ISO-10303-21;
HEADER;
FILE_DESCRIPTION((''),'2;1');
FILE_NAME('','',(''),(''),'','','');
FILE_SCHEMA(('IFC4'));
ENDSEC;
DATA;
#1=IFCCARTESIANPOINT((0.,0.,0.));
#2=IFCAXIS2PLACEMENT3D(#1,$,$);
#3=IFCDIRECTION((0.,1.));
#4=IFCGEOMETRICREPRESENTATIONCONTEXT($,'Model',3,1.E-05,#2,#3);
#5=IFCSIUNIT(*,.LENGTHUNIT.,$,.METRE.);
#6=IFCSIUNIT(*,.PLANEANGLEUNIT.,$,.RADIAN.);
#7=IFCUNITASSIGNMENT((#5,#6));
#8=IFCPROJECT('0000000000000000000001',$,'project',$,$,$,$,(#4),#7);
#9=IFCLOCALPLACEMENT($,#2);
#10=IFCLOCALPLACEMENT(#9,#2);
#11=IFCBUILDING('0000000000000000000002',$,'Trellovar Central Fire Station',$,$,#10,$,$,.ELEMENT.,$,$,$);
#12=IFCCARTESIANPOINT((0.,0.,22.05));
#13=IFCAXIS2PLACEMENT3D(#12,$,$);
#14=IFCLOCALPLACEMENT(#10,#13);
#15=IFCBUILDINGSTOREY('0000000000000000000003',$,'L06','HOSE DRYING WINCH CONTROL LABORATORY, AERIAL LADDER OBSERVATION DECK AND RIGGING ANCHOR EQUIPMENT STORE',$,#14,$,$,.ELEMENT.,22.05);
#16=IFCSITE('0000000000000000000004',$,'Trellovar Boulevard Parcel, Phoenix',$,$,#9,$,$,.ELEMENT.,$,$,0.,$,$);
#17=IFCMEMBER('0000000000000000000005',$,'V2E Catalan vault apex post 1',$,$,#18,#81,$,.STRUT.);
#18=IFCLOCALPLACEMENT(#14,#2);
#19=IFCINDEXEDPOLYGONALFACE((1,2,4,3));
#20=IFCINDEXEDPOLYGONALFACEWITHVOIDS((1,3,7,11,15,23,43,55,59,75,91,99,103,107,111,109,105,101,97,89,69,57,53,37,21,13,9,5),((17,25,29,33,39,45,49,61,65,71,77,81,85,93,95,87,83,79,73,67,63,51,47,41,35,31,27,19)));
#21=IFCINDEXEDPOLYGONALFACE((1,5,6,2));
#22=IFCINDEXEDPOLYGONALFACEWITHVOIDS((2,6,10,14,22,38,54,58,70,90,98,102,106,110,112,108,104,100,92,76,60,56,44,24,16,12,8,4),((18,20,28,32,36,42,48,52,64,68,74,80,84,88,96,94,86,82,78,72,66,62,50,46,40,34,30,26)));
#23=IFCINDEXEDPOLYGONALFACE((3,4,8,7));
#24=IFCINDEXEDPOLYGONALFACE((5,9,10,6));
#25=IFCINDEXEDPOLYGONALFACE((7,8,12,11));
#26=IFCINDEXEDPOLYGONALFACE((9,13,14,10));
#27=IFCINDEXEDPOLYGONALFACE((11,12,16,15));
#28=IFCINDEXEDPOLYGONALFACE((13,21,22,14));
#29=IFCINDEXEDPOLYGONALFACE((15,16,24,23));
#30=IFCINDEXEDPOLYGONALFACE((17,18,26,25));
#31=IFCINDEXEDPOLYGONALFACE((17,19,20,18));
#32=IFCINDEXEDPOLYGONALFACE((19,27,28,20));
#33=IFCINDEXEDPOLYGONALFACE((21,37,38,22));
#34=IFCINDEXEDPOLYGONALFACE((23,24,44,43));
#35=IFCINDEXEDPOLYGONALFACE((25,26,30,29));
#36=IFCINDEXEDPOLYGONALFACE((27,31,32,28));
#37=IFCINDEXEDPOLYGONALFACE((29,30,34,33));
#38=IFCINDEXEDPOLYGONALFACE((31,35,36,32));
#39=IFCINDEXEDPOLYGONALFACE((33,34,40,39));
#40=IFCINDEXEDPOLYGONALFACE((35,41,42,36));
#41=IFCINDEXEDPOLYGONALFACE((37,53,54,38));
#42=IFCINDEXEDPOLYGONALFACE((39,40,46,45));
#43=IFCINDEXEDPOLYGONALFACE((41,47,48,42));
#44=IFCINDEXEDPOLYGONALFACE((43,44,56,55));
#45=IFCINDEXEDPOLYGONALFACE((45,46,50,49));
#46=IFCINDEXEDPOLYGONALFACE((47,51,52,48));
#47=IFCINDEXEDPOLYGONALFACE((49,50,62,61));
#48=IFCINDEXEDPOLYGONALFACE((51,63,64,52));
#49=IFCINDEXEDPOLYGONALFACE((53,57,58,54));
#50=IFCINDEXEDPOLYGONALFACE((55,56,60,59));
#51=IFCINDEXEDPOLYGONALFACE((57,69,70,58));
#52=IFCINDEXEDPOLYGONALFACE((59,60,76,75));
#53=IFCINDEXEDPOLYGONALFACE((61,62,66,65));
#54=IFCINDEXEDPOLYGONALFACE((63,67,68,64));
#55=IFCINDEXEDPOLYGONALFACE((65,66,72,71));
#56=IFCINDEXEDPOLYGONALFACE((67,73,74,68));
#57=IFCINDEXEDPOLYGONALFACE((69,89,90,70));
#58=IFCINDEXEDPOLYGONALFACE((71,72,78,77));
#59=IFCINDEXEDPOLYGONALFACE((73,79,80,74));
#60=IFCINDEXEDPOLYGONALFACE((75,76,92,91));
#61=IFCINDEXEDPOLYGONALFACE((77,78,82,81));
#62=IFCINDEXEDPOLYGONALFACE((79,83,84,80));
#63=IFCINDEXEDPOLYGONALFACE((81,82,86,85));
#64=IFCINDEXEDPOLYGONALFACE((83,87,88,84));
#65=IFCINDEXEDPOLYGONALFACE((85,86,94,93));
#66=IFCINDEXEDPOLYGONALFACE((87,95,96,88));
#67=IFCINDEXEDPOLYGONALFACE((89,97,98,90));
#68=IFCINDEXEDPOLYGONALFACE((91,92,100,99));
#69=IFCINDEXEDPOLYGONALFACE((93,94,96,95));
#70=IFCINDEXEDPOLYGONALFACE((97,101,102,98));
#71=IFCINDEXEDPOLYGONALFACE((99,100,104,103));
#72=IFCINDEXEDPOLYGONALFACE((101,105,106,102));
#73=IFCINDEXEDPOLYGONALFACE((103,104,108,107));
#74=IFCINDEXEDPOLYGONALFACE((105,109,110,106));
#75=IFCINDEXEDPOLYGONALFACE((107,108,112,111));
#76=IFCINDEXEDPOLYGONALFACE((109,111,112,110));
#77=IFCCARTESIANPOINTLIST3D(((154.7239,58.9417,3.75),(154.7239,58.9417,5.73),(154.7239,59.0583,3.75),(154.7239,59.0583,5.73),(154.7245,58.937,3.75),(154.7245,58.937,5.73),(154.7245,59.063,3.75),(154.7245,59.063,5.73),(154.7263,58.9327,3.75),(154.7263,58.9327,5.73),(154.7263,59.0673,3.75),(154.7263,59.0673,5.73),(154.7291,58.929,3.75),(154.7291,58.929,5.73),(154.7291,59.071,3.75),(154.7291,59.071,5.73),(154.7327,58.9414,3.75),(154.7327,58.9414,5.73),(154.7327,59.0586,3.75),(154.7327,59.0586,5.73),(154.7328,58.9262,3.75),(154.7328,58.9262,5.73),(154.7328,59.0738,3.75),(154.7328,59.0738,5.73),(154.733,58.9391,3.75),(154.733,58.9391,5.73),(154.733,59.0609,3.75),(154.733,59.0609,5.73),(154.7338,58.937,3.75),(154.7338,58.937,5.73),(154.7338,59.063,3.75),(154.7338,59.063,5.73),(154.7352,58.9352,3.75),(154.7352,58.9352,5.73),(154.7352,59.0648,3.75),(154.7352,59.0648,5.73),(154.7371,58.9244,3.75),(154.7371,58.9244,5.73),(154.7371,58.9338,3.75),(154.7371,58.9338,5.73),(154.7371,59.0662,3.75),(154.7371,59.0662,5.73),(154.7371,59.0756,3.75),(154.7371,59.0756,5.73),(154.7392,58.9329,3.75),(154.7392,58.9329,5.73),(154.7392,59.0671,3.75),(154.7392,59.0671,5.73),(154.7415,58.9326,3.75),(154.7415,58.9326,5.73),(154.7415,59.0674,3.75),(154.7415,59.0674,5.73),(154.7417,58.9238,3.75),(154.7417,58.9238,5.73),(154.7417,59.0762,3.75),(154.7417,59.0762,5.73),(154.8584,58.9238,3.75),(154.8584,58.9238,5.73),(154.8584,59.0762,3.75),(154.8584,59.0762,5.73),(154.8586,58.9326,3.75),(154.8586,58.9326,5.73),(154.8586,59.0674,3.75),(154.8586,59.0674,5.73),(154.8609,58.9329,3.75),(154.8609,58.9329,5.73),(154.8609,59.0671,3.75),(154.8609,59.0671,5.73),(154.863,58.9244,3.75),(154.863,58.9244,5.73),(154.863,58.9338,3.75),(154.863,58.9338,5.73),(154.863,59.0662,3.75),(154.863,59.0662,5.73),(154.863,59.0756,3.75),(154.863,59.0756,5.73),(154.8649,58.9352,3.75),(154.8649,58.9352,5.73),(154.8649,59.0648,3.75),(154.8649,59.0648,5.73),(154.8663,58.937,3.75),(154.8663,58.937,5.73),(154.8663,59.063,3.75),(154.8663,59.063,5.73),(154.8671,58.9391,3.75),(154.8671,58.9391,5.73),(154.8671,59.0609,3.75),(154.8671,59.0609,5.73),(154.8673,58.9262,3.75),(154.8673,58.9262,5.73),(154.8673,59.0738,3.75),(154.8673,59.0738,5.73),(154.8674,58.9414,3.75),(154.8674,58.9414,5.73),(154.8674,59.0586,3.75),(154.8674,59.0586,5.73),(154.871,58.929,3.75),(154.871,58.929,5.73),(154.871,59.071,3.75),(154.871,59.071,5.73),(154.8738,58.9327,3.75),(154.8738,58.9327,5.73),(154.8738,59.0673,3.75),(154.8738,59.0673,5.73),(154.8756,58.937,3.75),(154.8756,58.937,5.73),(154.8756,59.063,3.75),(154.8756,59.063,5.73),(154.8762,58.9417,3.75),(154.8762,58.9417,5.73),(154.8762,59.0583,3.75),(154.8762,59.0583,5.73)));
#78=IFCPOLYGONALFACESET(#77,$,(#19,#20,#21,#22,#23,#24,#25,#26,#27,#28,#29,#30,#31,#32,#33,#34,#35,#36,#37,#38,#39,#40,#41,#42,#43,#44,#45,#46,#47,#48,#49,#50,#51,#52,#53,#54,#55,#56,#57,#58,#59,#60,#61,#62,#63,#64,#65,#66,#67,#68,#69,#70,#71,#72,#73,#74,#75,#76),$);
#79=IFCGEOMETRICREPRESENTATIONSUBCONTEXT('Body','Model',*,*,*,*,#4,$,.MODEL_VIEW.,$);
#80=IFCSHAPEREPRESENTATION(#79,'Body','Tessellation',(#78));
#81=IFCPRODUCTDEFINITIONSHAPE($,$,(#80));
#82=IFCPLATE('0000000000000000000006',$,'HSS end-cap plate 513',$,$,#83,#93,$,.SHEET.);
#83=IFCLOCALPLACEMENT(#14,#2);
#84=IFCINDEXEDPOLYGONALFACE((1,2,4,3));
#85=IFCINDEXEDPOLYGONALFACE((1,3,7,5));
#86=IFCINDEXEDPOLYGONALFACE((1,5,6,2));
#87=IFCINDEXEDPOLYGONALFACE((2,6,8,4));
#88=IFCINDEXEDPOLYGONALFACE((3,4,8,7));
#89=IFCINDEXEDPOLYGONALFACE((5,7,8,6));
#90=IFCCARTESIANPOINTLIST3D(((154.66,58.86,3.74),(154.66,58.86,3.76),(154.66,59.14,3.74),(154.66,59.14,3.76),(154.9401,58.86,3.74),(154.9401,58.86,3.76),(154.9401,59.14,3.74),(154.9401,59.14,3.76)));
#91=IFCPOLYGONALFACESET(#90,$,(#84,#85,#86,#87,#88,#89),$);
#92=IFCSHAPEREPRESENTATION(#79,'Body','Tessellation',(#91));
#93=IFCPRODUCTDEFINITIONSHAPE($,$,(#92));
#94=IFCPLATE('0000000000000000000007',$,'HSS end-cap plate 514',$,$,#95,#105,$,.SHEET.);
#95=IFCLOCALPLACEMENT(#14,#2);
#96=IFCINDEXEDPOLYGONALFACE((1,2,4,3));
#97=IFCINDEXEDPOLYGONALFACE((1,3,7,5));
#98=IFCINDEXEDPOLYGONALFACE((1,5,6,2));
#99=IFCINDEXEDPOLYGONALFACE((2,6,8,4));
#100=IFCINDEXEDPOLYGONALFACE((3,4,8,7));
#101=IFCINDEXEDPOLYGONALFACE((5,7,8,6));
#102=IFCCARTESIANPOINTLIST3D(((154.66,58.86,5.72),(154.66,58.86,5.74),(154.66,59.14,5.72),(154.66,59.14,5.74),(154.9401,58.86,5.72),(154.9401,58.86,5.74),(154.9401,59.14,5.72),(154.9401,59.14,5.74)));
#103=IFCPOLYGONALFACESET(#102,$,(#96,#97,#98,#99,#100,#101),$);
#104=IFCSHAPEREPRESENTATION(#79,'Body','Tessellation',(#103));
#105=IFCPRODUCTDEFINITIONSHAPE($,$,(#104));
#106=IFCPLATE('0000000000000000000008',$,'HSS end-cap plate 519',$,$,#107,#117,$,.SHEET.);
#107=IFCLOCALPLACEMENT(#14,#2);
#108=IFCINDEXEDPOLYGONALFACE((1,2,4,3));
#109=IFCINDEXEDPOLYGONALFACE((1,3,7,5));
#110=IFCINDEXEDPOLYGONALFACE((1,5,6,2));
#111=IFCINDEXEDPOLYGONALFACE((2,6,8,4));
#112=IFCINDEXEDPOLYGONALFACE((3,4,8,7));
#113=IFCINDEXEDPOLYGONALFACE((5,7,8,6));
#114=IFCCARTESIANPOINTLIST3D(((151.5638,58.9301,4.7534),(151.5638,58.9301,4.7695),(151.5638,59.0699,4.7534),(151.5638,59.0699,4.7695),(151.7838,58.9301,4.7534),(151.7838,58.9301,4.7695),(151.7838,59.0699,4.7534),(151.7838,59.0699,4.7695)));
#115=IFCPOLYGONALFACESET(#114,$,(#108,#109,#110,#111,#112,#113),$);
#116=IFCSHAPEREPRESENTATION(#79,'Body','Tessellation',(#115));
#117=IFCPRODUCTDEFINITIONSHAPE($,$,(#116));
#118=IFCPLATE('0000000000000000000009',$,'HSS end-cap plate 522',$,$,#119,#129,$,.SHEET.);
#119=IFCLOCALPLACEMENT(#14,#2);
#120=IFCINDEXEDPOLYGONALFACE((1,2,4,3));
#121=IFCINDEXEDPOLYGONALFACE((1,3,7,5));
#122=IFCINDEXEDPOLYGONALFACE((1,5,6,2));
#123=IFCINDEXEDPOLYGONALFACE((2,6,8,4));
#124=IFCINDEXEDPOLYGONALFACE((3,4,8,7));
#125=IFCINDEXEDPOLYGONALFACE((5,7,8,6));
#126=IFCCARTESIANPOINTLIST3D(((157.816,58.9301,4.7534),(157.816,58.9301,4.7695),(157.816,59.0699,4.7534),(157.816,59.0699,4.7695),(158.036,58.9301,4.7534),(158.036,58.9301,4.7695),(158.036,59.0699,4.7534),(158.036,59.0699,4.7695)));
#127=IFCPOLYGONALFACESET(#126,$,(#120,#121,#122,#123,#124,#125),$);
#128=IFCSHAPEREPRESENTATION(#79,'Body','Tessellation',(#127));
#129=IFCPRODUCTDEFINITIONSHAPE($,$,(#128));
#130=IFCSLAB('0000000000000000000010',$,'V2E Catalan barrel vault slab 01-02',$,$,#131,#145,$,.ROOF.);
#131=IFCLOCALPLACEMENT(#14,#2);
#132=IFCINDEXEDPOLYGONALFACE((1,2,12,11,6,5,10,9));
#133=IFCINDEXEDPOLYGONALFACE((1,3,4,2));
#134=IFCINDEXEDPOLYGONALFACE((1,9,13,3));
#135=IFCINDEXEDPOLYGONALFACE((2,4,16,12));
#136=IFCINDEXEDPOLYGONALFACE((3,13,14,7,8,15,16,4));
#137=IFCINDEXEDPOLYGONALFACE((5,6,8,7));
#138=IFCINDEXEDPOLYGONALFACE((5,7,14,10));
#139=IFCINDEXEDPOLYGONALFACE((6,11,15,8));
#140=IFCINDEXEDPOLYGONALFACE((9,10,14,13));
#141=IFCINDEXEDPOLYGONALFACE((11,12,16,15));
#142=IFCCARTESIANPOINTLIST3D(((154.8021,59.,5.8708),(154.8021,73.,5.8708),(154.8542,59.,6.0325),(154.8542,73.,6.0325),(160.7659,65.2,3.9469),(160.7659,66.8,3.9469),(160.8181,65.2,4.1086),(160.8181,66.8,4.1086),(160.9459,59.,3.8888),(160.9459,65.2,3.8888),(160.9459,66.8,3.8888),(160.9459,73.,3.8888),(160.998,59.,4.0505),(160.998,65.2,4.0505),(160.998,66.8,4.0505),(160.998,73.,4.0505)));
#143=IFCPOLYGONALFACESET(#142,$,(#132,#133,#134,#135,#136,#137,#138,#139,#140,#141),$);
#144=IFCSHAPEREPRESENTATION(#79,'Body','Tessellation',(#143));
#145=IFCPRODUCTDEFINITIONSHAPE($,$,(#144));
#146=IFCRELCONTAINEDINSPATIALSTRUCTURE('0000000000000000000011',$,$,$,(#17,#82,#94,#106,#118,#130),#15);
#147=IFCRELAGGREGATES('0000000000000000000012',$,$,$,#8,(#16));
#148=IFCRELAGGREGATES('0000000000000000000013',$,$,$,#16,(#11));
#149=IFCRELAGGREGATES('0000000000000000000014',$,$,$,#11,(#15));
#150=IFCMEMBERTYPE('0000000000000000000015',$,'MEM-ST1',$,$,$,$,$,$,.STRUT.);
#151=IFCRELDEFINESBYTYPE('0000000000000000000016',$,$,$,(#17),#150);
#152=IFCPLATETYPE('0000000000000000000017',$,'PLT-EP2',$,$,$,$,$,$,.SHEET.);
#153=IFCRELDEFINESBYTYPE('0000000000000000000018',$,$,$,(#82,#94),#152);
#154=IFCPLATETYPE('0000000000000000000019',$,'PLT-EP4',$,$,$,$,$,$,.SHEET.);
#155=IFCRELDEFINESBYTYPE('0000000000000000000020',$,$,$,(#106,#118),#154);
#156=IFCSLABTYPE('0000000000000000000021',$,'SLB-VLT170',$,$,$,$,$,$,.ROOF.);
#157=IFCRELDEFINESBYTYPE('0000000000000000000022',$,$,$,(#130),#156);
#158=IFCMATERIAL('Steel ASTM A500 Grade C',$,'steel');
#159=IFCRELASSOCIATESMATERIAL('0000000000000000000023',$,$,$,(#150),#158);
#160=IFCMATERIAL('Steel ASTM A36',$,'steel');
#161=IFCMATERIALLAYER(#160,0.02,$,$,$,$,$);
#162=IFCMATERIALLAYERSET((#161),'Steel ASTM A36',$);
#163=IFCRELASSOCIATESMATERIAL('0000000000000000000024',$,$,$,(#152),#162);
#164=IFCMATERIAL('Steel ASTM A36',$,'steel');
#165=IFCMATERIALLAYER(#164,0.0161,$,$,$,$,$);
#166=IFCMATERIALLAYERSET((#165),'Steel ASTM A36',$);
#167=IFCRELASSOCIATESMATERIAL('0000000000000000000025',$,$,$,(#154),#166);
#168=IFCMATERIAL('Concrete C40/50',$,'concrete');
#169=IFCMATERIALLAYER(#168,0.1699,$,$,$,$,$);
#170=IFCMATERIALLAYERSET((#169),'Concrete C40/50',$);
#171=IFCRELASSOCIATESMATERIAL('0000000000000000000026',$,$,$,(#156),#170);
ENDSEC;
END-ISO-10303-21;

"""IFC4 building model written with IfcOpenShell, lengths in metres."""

from ifc_helpers import new_model, si_unit, direction, frame, origin, origin_2d, place, context, subcontext, project, spatial, polyline, rectangle, hollow_rectangle, outline, extrude, material, layer, layer_set, material_profile, profile_set, type_object, element, save


model = new_model("IFC4")

# Units and contexts
model_context = context("Model", 3, precision=1e-05, world=origin(), true_north=direction((0.0, 1.0)))
body_context = subcontext(model_context, "Body", "Model", "MODEL_VIEW")
ifc_project = project(units=[si_unit("LENGTHUNIT", "METRE"), si_unit("PLANEANGLEUNIT", "RADIAN")], contexts=[model_context])

# Site, building, storey
site_placement = place(None, origin())
site = spatial("IfcSite", under=ifc_project, at=site_placement, Name="Trellovar Boulevard Parcel, Phoenix", CompositionType="ELEMENT", RefElevation=0.0)
building_placement = place(site_placement, origin())
building = spatial("IfcBuilding", under=site, at=building_placement, Name="Trellovar Central Fire Station", CompositionType="ELEMENT")
storey_placement = place(building_placement, frame((0.0, 0.0, 22.05)))
storey = spatial("IfcBuildingStorey", under=building, at=storey_placement, Name="L06", Description="HOSE DRYING WINCH CONTROL LABORATORY, AERIAL LADDER OBSERVATION DECK AND RIGGING ANCHOR EQUIPMENT STORE", CompositionType="ELEMENT", Elevation=22.05)

# Member
ifc_material_1 = material(Name="Steel ASTM A500 Grade C", Category="steel")
ifc_material_profile_1 = material_profile(ifc_material_1, hollow_rectangle(XDim=0.1523, YDim=0.1523, WallThickness=0.0088, InnerFilletRadius=0.0088, OuterFilletRadius=0.0178, at=origin_2d()), Name="HSS6X6X3/8")
ifc_profile_set_1 = profile_set([ifc_material_profile_1], Name="Steel ASTM A500 Grade C")
member_type_1 = type_object("IfcMemberType", Name="MEM-ST1", PredefinedType="STRUT", material=ifc_profile_set_1)
member_1_placement = place(storey_placement, frame((154.8, 59.0, 3.75), z_axis=(0.0, 0.0, 1.0), x_axis=(1.0, 0.0, 0.0)))
element("IfcMember", 1, at=member_1_placement, inside=storey, type_object=member_type_1, Name="V2E Catalan vault apex post 1", PredefinedType="STRUT", context=body_context, shape_type="SweptSolid", body=[
    extrude(hollow_rectangle(XDim=0.1523, YDim=0.1523, WallThickness=0.0088, InnerFilletRadius=0.0088, OuterFilletRadius=0.0178, at=origin_2d()), origin(), (0.0, 0.0, 1.0), 1.98),
])

# Plates
ifc_material_2 = material(Name="Steel ASTM A36", Category="steel")
ifc_layer_1 = layer(ifc_material_2, 0.02)
ifc_layer_set_1 = layer_set([ifc_layer_1], Name="Steel ASTM A36")
plate_type_1 = type_object("IfcPlateType", Name="PLT-EP2", PredefinedType="SHEET", material=ifc_layer_set_1)
for number, where, z_axis, x_axis, name in (
    (2, (154.8, 59.0, 3.74), (0.0, 0.0, 1.0), (1.0, 0.0, 0.0), "HSS end-cap plate 513"),
    (3, (154.8, 59.0, 5.72), (0.0, 0.0, 1.0), (1.0, 0.0, 0.0), "HSS end-cap plate 514"),
):
    element("IfcPlate", number, at=place(storey_placement, frame(where, z_axis=z_axis, x_axis=x_axis)), inside=storey, type_object=plate_type_1, Name=name, PredefinedType="SHEET", context=body_context, shape_type="SweptSolid", body=[
        extrude(rectangle(XDim=0.28, YDim=0.28, at=origin_2d()), origin(), (0.0, 0.0, 1.0), 0.02),
    ])
ifc_material_3 = material(Name="Steel ASTM A36", Category="steel")
ifc_layer_2 = layer(ifc_material_3, 0.0161)
ifc_layer_set_2 = layer_set([ifc_layer_2], Name="Steel ASTM A36")
plate_type_2 = type_object("IfcPlateType", Name="PLT-EP4", PredefinedType="SHEET", material=ifc_layer_set_2)
for number, where, z_axis, x_axis, name in (
    (4, (151.6738, 59.0, 4.7534), (0.0, 0.0, 1.0), (1.0, 0.0, 0.0), "HSS end-cap plate 519"),
    (5, (157.926, 59.0, 4.7534), (0.0, 0.0, 1.0), (1.0, 0.0, 0.0), "HSS end-cap plate 522"),
):
    element("IfcPlate", number, at=place(storey_placement, frame(where, z_axis=z_axis, x_axis=x_axis)), inside=storey, type_object=plate_type_2, Name=name, PredefinedType="SHEET", context=body_context, shape_type="SweptSolid", body=[
        extrude(rectangle(XDim=0.22, YDim=0.1399, at=origin_2d()), origin(), (0.0, 0.0, 1.0), 0.0161),
    ])

# Slab
ifc_material_4 = material(Name="Concrete C40/50", Category="concrete")
ifc_layer_3 = layer(ifc_material_4, 0.1699)
ifc_layer_set_3 = layer_set([ifc_layer_3], Name="Concrete C40/50")
slab_type = type_object("IfcSlabType", Name="SLB-VLT170", PredefinedType="ROOF", material=ifc_layer_set_3)
slab_placement = place(storey_placement, frame((154.8542, 59.0, 6.0325), z_axis=(0.307011, 0.0, 0.951706), x_axis=(0.951706, 0.0, -0.307011)))
element("IfcSlab", 6, at=slab_placement, inside=storey, type_object=slab_type, Name="V2E Catalan barrel vault slab 01-02", PredefinedType="ROOF", context=body_context, shape_type="SweptSolid", body=[
    extrude(outline(polyline([(0.0, 0.0), (6.4556, 0.0), (6.4556, 6.2), (6.2665, 6.2), (6.2665, 7.8), (6.4556, 7.8), (6.4556, 14.0), (0.0, 14.0), (0.0, 0.0)])), origin(), (0.0, 0.0, -1.0), 0.1699),
])

save(model, "model.ifc")
